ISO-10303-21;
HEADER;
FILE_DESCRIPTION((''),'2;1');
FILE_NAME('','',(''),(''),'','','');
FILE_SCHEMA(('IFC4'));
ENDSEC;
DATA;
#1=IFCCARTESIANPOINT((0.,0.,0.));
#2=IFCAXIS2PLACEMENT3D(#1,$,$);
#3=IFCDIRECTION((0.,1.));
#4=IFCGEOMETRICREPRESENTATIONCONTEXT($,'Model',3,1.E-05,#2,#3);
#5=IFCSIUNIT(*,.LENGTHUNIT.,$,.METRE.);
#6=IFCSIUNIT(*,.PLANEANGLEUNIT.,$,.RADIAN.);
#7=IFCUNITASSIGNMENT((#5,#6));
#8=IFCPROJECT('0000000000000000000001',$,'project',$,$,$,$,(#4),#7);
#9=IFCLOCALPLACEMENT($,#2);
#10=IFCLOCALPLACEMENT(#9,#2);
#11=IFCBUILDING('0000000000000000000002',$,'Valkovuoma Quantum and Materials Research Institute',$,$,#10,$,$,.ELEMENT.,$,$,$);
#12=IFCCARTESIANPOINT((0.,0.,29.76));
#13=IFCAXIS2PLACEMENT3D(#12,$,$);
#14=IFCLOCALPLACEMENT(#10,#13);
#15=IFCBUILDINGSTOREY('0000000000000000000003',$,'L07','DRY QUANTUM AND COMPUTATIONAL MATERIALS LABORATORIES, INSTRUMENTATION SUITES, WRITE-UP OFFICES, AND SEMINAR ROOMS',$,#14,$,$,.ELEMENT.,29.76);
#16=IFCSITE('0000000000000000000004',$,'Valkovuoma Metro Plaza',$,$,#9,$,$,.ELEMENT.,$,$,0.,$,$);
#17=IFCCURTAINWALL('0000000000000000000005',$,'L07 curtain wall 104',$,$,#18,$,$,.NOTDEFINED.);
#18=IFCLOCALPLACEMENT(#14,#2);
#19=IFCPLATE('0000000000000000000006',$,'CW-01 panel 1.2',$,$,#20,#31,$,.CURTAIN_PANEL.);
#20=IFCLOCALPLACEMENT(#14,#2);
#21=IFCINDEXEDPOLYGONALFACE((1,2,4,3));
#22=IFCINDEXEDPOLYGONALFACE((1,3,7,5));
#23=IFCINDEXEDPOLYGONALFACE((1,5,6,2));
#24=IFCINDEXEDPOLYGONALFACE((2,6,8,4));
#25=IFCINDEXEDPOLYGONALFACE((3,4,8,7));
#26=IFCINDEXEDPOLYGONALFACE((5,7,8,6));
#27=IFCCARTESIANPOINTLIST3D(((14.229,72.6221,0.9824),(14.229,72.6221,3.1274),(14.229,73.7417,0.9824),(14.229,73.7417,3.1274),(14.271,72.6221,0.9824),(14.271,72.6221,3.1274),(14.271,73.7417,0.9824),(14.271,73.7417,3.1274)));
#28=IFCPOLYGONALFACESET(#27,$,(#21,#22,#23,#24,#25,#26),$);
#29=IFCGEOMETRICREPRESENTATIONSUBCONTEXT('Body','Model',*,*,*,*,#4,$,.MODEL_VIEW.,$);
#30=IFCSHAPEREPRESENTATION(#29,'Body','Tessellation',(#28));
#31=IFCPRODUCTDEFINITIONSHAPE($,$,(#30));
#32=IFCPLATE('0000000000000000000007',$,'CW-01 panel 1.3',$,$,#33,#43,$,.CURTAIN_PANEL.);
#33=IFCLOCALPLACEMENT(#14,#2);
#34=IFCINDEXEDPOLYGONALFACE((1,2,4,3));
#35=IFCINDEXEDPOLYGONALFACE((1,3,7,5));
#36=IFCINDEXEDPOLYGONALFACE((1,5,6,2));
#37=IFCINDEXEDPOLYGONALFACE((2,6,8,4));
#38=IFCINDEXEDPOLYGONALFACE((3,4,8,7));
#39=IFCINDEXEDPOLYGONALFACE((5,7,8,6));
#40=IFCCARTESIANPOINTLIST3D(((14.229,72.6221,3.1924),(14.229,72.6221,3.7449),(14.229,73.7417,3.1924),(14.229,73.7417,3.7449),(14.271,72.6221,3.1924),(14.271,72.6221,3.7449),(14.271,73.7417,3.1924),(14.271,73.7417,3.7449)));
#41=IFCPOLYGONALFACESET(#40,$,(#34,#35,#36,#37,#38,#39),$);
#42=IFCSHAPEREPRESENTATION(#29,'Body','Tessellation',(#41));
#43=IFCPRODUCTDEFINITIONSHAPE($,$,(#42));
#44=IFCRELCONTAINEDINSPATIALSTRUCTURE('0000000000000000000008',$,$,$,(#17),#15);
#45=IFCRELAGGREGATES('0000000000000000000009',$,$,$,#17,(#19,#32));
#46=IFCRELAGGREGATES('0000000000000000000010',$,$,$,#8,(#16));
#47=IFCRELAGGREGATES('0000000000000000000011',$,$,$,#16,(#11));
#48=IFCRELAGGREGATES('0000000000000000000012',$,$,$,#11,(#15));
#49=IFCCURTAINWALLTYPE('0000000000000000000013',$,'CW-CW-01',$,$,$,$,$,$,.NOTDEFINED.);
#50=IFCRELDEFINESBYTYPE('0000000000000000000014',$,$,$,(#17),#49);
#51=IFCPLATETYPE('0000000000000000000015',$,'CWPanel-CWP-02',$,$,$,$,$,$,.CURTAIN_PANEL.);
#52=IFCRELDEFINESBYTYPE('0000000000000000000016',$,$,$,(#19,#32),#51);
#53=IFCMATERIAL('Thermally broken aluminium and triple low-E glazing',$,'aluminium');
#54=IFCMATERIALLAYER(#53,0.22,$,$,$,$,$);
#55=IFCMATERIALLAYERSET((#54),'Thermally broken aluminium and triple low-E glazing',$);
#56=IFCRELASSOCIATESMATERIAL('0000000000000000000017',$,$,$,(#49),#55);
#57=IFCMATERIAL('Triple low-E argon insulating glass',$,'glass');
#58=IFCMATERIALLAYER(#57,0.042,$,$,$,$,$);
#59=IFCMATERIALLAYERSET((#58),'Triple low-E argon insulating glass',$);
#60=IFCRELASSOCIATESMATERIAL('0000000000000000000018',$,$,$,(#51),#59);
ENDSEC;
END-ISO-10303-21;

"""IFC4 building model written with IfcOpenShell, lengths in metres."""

from ifc_helpers import new_model, si_unit, direction, frame, origin, origin_2d, place, context, subcontext, project, spatial, rectangle, extrude, material, layer, layer_set, type_object, element, aggregate, save


model = new_model("IFC4")

# Units and contexts
model_context = context("Model", 3, precision=1e-05, world=origin(), true_north=direction((0.0, 1.0)))
body_context = subcontext(model_context, "Body", "Model", "MODEL_VIEW")
ifc_project = project(units=[si_unit("LENGTHUNIT", "METRE"), si_unit("PLANEANGLEUNIT", "RADIAN")], contexts=[model_context])

# Site, building, storey
site_placement = place(None, origin())
site = spatial("IfcSite", under=ifc_project, at=site_placement, Name="Valkovuoma Metro Plaza", CompositionType="ELEMENT", RefElevation=0.0)
building_placement = place(site_placement, origin())
building = spatial("IfcBuilding", under=site, at=building_placement, Name="Valkovuoma Quantum and Materials Research Institute", CompositionType="ELEMENT")
storey_placement = place(building_placement, frame((0.0, 0.0, 29.76)))
storey = spatial("IfcBuildingStorey", under=building, at=storey_placement, Name="L07", Description="DRY QUANTUM AND COMPUTATIONAL MATERIALS LABORATORIES, INSTRUMENTATION SUITES, WRITE-UP OFFICES, AND SEMINAR ROOMS", CompositionType="ELEMENT", Elevation=29.76)

# Curtain wall
ifc_material_1 = material(Name="Thermally broken aluminium and triple low-E glazing", Category="aluminium")
ifc_layer_1 = layer(ifc_material_1, 0.22)
ifc_layer_set_1 = layer_set([ifc_layer_1], Name="Thermally broken aluminium and triple low-E glazing")
curtain_wall_type = type_object("IfcCurtainWallType", Name="CW-CW-01", PredefinedType="NOTDEFINED", material=ifc_layer_set_1)
curtain_wall_1_placement = place(storey_placement, origin())
curtain_wall_1 = element("IfcCurtainWall", 1, at=curtain_wall_1_placement, inside=storey, type_object=curtain_wall_type, Name="L07 curtain wall 104", PredefinedType="NOTDEFINED")

# Plates
ifc_material_2 = material(Name="Triple low-E argon insulating glass", Category="glass")
ifc_layer_2 = layer(ifc_material_2, 0.042)
ifc_layer_set_2 = layer_set([ifc_layer_2], Name="Triple low-E argon insulating glass")
plate_type = type_object("IfcPlateType", Name="CWPanel-CWP-02", PredefinedType="CURTAIN_PANEL", material=ifc_layer_set_2)
plate_1_placement = place(storey_placement, frame((14.25, 73.1819, 0.9824), z_axis=(0.0, 0.0, 1.0), x_axis=(0.0, 1.0, 0.0)))
plate_1 = element("IfcPlate", 2, at=plate_1_placement, type_object=plate_type, Name="CW-01 panel 1.2", PredefinedType="CURTAIN_PANEL", context=body_context, shape_type="SweptSolid", body=[
    extrude(rectangle(XDim=1.1196, YDim=0.042, at=origin_2d()), origin(), (0.0, 0.0, 1.0), 2.145),
])
plate_2_placement = place(storey_placement, frame((14.25, 73.1819, 3.1924), z_axis=(0.0, 0.0, 1.0), x_axis=(0.0, 1.0, 0.0)))
plate_2 = element("IfcPlate", 3, at=plate_2_placement, type_object=plate_type, Name="CW-01 panel 1.3", PredefinedType="CURTAIN_PANEL", context=body_context, shape_type="SweptSolid", body=[
    extrude(rectangle(XDim=1.1196, YDim=0.042, at=origin_2d()), origin(), (0.0, 0.0, 1.0), 0.5525),
])
aggregate(curtain_wall_1, [plate_1, plate_2])

save(model, "model.ifc")
